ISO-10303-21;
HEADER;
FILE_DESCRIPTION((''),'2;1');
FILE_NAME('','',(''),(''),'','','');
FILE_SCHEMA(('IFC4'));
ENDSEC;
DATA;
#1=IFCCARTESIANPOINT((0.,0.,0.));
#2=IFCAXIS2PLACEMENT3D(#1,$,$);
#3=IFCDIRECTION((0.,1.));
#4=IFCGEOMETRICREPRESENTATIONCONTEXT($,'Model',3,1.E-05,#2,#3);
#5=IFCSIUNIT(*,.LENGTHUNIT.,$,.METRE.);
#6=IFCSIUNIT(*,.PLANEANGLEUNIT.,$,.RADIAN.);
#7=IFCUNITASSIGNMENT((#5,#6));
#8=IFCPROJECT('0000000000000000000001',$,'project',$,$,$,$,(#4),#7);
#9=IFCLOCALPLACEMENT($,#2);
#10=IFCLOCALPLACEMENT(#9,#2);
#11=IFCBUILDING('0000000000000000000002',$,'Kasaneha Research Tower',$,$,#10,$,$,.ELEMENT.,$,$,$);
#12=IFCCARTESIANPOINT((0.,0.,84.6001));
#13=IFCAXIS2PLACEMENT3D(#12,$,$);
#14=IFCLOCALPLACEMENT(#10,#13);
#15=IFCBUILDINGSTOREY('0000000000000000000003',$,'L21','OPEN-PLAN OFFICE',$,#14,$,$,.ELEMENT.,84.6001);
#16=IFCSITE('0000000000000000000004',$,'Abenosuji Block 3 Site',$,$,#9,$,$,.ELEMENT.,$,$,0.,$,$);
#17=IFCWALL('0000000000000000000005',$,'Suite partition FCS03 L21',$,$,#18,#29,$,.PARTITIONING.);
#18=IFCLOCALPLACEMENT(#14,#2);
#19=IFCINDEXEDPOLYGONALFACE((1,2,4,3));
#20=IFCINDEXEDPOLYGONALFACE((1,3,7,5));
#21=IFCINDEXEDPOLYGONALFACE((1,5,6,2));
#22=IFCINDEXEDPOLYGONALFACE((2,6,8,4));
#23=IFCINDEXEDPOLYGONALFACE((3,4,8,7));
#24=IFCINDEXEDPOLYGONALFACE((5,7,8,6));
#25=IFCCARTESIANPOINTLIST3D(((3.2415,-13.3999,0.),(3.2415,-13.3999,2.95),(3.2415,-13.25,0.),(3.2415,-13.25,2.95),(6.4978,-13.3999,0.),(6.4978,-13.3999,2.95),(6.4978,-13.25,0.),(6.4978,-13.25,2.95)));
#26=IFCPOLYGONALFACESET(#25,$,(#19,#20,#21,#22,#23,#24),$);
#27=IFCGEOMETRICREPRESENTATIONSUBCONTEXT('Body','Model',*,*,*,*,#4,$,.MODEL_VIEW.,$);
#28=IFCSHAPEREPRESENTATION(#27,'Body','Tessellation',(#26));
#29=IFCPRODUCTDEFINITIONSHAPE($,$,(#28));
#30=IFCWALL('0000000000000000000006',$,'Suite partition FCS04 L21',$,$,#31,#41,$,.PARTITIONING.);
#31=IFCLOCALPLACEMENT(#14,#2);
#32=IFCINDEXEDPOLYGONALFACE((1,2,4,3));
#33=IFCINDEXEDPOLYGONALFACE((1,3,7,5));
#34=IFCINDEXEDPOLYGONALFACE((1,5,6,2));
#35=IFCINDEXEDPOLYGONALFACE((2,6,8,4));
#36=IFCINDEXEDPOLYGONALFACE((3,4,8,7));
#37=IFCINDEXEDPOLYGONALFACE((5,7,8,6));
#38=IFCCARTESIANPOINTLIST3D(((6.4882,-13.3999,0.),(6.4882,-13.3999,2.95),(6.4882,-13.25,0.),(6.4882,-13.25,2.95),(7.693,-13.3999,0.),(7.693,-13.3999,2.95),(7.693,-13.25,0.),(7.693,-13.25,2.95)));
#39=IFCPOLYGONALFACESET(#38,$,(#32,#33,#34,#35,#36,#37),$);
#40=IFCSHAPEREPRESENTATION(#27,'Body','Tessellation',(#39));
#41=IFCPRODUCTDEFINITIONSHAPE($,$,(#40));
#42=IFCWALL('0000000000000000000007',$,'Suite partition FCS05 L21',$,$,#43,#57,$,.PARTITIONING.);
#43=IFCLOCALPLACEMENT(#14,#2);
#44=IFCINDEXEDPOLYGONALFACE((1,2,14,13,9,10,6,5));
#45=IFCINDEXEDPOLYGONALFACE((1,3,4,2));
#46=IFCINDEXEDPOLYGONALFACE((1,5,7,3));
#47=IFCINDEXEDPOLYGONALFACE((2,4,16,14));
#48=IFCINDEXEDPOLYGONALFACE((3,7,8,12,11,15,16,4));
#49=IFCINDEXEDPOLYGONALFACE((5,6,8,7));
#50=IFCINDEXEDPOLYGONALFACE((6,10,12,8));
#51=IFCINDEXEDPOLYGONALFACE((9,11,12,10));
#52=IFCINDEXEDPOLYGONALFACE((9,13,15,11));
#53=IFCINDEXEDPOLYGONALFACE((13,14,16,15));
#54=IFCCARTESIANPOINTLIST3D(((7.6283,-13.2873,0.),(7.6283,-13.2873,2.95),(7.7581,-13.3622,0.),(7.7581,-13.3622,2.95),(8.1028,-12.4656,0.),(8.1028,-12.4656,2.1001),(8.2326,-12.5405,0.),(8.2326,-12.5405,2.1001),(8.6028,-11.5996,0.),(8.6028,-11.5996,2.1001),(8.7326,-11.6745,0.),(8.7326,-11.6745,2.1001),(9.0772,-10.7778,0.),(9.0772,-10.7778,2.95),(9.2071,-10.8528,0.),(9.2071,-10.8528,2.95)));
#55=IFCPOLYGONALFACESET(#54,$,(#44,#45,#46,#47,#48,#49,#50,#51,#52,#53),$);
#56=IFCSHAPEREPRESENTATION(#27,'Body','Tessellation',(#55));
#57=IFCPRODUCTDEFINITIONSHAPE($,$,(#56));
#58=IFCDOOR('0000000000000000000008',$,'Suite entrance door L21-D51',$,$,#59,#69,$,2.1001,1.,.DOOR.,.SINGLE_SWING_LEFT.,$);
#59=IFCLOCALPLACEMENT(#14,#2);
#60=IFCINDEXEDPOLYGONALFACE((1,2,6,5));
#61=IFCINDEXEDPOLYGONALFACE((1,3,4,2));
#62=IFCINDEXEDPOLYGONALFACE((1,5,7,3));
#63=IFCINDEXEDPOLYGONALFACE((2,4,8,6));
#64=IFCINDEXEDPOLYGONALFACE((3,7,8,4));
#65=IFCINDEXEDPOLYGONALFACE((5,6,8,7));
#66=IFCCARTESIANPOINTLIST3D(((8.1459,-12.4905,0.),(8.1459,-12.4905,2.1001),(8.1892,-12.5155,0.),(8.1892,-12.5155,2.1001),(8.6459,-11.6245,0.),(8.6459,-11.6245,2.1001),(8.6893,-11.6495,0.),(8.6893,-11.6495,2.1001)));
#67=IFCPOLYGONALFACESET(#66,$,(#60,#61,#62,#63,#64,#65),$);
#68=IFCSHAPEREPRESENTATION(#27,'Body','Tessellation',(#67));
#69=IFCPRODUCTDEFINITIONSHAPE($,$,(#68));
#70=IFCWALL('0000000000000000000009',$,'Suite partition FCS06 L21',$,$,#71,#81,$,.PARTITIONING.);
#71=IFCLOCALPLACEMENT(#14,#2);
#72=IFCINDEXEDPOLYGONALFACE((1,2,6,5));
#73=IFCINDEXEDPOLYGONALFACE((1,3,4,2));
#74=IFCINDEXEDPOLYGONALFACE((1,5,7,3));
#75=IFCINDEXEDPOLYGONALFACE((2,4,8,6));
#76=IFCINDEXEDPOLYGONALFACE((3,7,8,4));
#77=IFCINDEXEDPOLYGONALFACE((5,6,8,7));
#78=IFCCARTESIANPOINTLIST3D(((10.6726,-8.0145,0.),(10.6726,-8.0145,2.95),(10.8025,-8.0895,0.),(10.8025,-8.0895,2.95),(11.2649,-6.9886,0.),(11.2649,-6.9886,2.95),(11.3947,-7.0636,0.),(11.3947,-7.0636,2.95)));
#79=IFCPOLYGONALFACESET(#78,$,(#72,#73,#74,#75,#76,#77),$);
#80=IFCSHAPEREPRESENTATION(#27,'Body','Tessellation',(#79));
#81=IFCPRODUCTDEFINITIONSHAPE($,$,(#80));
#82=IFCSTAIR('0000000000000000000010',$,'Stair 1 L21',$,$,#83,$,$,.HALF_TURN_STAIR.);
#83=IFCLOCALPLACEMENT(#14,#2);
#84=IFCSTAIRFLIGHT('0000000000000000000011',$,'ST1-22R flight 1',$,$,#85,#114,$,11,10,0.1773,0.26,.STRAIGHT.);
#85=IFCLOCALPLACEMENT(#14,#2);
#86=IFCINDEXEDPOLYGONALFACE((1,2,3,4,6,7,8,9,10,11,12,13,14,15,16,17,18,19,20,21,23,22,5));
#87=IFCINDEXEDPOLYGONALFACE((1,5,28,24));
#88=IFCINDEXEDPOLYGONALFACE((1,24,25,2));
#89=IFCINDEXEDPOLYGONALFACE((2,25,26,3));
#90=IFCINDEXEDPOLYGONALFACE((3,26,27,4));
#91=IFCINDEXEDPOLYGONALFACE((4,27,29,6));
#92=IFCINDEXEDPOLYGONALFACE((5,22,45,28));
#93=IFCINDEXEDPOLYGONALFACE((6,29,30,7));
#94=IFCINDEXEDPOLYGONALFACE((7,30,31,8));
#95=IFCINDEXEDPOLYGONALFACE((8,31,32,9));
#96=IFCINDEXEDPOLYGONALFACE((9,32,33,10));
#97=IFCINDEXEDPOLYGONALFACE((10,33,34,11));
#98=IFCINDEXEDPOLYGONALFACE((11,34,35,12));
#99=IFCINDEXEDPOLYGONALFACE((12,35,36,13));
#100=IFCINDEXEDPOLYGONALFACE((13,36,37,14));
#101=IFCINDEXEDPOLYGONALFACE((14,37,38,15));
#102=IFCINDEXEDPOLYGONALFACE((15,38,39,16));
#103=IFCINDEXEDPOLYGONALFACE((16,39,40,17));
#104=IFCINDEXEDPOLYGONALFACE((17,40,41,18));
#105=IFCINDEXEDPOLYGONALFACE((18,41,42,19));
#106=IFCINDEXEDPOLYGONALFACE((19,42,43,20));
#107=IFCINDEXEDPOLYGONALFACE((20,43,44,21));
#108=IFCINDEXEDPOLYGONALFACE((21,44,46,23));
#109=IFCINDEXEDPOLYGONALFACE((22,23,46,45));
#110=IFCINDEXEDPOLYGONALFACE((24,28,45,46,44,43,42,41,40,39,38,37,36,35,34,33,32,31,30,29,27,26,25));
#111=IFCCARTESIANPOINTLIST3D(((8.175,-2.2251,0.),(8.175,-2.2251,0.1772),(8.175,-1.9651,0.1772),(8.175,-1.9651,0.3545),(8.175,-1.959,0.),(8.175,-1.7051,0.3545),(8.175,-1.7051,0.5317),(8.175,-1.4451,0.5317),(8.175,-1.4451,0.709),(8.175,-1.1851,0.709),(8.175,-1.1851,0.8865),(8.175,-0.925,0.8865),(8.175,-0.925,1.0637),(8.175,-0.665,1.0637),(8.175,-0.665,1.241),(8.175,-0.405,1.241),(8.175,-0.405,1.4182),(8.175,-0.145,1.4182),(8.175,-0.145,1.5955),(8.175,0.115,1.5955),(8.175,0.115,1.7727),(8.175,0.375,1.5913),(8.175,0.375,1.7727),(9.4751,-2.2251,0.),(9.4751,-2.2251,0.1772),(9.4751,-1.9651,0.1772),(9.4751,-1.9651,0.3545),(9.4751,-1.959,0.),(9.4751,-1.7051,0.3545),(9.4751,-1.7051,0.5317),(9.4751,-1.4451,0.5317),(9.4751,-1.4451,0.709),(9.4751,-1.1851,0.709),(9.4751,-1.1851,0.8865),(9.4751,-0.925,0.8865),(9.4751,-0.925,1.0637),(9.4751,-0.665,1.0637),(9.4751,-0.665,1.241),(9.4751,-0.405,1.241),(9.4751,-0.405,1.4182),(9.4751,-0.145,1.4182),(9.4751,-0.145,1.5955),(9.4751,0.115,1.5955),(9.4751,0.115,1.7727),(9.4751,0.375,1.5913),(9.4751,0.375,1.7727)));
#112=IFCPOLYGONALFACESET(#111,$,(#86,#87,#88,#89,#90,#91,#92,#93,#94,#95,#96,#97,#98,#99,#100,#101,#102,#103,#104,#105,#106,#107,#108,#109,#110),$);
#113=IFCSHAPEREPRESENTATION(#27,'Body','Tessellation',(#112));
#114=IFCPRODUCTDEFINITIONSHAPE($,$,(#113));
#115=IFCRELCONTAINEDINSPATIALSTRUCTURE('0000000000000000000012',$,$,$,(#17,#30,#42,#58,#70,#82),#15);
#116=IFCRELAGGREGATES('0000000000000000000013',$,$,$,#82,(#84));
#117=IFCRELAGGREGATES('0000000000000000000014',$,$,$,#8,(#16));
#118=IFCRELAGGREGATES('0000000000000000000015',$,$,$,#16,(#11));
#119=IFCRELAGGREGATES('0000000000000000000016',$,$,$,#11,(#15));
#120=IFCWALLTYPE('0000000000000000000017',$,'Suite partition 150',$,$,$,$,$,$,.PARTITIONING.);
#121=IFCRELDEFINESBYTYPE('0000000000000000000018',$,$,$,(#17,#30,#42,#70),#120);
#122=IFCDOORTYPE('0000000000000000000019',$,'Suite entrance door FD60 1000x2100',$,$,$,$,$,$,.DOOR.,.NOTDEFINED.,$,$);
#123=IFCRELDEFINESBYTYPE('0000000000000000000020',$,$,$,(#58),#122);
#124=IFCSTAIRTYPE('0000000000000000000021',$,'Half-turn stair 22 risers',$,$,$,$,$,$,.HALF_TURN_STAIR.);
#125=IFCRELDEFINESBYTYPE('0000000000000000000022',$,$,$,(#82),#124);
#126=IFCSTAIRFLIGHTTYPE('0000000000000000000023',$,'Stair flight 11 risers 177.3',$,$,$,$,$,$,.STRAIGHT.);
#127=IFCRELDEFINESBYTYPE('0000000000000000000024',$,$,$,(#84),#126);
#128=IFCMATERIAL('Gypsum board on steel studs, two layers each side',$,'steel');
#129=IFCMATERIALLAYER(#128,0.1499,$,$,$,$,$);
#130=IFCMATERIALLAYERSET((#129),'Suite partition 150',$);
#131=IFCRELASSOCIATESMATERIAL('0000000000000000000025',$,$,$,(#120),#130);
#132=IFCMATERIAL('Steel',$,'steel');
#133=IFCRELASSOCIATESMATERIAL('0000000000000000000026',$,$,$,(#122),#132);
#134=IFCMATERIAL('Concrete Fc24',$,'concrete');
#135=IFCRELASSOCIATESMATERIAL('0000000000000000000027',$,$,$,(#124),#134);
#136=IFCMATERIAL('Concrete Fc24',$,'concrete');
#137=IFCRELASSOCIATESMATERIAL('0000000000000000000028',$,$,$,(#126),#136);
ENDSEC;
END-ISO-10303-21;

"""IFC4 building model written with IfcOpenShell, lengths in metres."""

from ifc_helpers import new_model, si_unit, direction, frame, frame_2d, origin, place, context, subcontext, project, spatial, polyline, rectangle, outline, extrude, material, layer, layer_set, type_object, element, fill, aggregate, save


model = new_model("IFC4")

# Units and contexts
model_context = context("Model", 3, precision=1e-05, world=origin(), true_north=direction((0.0, 1.0)))
body_context = subcontext(model_context, "Body", "Model", "MODEL_VIEW")
ifc_project = project(units=[si_unit("LENGTHUNIT", "METRE"), si_unit("PLANEANGLEUNIT", "RADIAN")], contexts=[model_context])

# Site, building, storey
site_placement = place(None, origin())
site = spatial("IfcSite", under=ifc_project, at=site_placement, Name="Abenosuji Block 3 Site", CompositionType="ELEMENT", RefElevation=0.0)
building_placement = place(site_placement, origin())
building = spatial("IfcBuilding", under=site, at=building_placement, Name="Kasaneha Research Tower", CompositionType="ELEMENT")
storey_placement = place(building_placement, frame((0.0, 0.0, 84.6001)))
storey = spatial("IfcBuildingStorey", under=building, at=storey_placement, Name="L21", Description="OPEN-PLAN OFFICE", CompositionType="ELEMENT", Elevation=84.6001)

# Shared definitions
ifc_material_1 = material(Name="Gypsum board on steel studs, two layers each side", Category="steel")
ifc_layer_1 = layer(ifc_material_1, 0.1499)
ifc_layer_set_1 = layer_set([ifc_layer_1], Name="Suite partition 150")
wall_type_1 = type_object("IfcWallType", Name="Suite partition 150", PredefinedType="PARTITIONING", material=ifc_layer_set_1)
ifc_material_2 = material(Name="Steel", Category="steel")
door_type_1 = type_object("IfcDoorType", Name="Suite entrance door FD60 1000x2100", OperationType="NOTDEFINED", PredefinedType="DOOR", material=ifc_material_2)

# Walls
wall_1_placement = place(storey_placement, frame((6.4978, -13.325, 0.0), z_axis=(0.0, 0.0, 1.0), x_axis=(-1.0, 0.0, 0.0)))
element("IfcWall", 1, at=wall_1_placement, inside=storey, type_object=wall_type_1, Name="Suite partition FCS03 L21", PredefinedType="PARTITIONING", context=body_context, shape_type="SweptSolid", body=[
    extrude(rectangle(XDim=3.2563, YDim=0.1499, at=frame_2d((1.6282, 0.0))), origin(), (0.0, 0.0, 1.0), 2.95),
])
wall_2_placement = place(storey_placement, frame((7.6931, -13.325, 0.0), z_axis=(0.0, 0.0, 1.0), x_axis=(-1.0, 0.0, 0.0)))
element("IfcWall", 2, at=wall_2_placement, inside=storey, type_object=wall_type_1, Name="Suite partition FCS04 L21", PredefinedType="PARTITIONING", context=body_context, shape_type="SweptSolid", body=[
    extrude(rectangle(XDim=1.2048, YDim=0.1499, at=frame_2d((0.6025, 0.0))), origin(), (0.0, 0.0, 1.0), 2.95),
])

# Wall, opening, door
wall_3_placement = place(storey_placement, frame((9.1421, -10.8154, 0.0), z_axis=(0.0, 0.0, 1.0), x_axis=(-0.500026, -0.86601, 0.0)))
wall_3 = element("IfcWall", 3, at=wall_3_placement, inside=storey, type_object=wall_type_1, Name="Suite partition FCS05 L21", PredefinedType="PARTITIONING", context=body_context, shape_type="SweptSolid", body=[
    extrude(rectangle(XDim=2.8977, YDim=0.1499, at=frame_2d((1.4487, 0.0))), origin(), (0.0, 0.0, 1.0), 2.95),
])
opening_1_placement = place(wall_3_placement, frame((0.9487, 0.0, 0.0)))
opening_1 = element("IfcOpeningElement", 4, at=opening_1_placement, cuts=wall_3, PredefinedType="OPENING", context=body_context, shape_type="SweptSolid", body=[
    extrude(rectangle(XDim=1.0, YDim=2.1001, at=frame_2d((0.5, 1.05))), frame((0.0, 0.085, 0.0), z_axis=(0.0, -1.0, 0.0), x_axis=(1.0, 0.0, 0.0)), (0.0, 0.0, 1.0), 0.1699),
])
door_1_placement = place(opening_1_placement, origin())
door_1 = element("IfcDoor", 5, at=door_1_placement, inside=storey, type_object=door_type_1, Name="Suite entrance door L21-D51", OperationType="SINGLE_SWING_LEFT", OverallHeight=2.1001, OverallWidth=1.0, PredefinedType="DOOR", context=body_context, shape_type="SweptSolid", body=[
    extrude(rectangle(XDim=1.0, YDim=2.1001, at=frame_2d((0.5, 1.05))), frame((0.0, 0.0249, 0.0), z_axis=(0.0, -1.0, 0.0), x_axis=(1.0, 0.0, 0.0)), (0.0, 0.0, 1.0), 0.05),
])
fill(opening_1, door_1)

# Wall
wall_4_placement = place(storey_placement, frame((11.3298, -7.0261, 0.0), z_axis=(0.0, 0.0, 1.0), x_axis=(-0.499996, -0.866028, 0.0)))
element("IfcWall", 6, at=wall_4_placement, inside=storey, type_object=wall_type_1, Name="Suite partition FCS06 L21", PredefinedType="PARTITIONING", context=body_context, shape_type="SweptSolid", body=[
    extrude(rectangle(XDim=1.1846, YDim=0.1499, at=frame_2d((0.5923, 0.0))), origin(), (0.0, 0.0, 1.0), 2.95),
])

# Stair, stair flight
ifc_material_3 = material(Name="Concrete Fc24", Category="concrete")
stair_type = type_object("IfcStairType", Name="Half-turn stair 22 risers", PredefinedType="HALF_TURN_STAIR", material=ifc_material_3)
stair_placement = place(storey_placement, origin())
stair = element("IfcStair", 7, at=stair_placement, inside=storey, type_object=stair_type, Name="Stair 1 L21", PredefinedType="HALF_TURN_STAIR")
ifc_material_4 = material(Name="Concrete Fc24", Category="concrete")
stair_flight_type = type_object("IfcStairFlightType", Name="Stair flight 11 risers 177.3", PredefinedType="STRAIGHT", material=ifc_material_4)
stair_flight_placement = place(storey_placement, frame((8.825, -2.2251, 0.0), z_axis=(0.0, 0.0, 1.0), x_axis=(0.0, 1.0, 0.0)))
stair_flight = element("IfcStairFlight", 8, at=stair_flight_placement, type_object=stair_flight_type, Name="ST1-22R flight 1", NumberOfRisers=11, NumberOfTreads=10, PredefinedType="STRAIGHT", RiserHeight=0.1773, TreadLength=0.26, context=body_context, shape_type="SweptSolid", body=[
    extrude(outline(polyline([(0.0, 0.0), (0.0, 0.1772), (0.26, 0.1772), (0.26, 0.3545), (0.52, 0.3545), (0.52, 0.5317), (0.78, 0.5317), (0.78, 0.709), (1.04, 0.709), (1.04, 0.8865), (1.3, 0.8865), (1.3, 1.0637), (1.5601, 1.0637), (1.5601, 1.241), (1.8201, 1.241), (1.8201, 1.4182), (2.0801, 1.4182), (2.0801, 1.5955), (2.3401, 1.5955), (2.3401, 1.7727), (2.6001, 1.7727), (2.6001, 1.95), (2.6001, 1.5913), (0.2661, 0.0), (0.0, 0.0)])), frame((0.0, 0.6499, 0.0), z_axis=(0.0, -1.0, 0.0), x_axis=(1.0, 0.0, 0.0)), (0.0, 0.0, 1.0), 1.3),
])
aggregate(stair, [stair_flight])

save(model, "model.ifc")
